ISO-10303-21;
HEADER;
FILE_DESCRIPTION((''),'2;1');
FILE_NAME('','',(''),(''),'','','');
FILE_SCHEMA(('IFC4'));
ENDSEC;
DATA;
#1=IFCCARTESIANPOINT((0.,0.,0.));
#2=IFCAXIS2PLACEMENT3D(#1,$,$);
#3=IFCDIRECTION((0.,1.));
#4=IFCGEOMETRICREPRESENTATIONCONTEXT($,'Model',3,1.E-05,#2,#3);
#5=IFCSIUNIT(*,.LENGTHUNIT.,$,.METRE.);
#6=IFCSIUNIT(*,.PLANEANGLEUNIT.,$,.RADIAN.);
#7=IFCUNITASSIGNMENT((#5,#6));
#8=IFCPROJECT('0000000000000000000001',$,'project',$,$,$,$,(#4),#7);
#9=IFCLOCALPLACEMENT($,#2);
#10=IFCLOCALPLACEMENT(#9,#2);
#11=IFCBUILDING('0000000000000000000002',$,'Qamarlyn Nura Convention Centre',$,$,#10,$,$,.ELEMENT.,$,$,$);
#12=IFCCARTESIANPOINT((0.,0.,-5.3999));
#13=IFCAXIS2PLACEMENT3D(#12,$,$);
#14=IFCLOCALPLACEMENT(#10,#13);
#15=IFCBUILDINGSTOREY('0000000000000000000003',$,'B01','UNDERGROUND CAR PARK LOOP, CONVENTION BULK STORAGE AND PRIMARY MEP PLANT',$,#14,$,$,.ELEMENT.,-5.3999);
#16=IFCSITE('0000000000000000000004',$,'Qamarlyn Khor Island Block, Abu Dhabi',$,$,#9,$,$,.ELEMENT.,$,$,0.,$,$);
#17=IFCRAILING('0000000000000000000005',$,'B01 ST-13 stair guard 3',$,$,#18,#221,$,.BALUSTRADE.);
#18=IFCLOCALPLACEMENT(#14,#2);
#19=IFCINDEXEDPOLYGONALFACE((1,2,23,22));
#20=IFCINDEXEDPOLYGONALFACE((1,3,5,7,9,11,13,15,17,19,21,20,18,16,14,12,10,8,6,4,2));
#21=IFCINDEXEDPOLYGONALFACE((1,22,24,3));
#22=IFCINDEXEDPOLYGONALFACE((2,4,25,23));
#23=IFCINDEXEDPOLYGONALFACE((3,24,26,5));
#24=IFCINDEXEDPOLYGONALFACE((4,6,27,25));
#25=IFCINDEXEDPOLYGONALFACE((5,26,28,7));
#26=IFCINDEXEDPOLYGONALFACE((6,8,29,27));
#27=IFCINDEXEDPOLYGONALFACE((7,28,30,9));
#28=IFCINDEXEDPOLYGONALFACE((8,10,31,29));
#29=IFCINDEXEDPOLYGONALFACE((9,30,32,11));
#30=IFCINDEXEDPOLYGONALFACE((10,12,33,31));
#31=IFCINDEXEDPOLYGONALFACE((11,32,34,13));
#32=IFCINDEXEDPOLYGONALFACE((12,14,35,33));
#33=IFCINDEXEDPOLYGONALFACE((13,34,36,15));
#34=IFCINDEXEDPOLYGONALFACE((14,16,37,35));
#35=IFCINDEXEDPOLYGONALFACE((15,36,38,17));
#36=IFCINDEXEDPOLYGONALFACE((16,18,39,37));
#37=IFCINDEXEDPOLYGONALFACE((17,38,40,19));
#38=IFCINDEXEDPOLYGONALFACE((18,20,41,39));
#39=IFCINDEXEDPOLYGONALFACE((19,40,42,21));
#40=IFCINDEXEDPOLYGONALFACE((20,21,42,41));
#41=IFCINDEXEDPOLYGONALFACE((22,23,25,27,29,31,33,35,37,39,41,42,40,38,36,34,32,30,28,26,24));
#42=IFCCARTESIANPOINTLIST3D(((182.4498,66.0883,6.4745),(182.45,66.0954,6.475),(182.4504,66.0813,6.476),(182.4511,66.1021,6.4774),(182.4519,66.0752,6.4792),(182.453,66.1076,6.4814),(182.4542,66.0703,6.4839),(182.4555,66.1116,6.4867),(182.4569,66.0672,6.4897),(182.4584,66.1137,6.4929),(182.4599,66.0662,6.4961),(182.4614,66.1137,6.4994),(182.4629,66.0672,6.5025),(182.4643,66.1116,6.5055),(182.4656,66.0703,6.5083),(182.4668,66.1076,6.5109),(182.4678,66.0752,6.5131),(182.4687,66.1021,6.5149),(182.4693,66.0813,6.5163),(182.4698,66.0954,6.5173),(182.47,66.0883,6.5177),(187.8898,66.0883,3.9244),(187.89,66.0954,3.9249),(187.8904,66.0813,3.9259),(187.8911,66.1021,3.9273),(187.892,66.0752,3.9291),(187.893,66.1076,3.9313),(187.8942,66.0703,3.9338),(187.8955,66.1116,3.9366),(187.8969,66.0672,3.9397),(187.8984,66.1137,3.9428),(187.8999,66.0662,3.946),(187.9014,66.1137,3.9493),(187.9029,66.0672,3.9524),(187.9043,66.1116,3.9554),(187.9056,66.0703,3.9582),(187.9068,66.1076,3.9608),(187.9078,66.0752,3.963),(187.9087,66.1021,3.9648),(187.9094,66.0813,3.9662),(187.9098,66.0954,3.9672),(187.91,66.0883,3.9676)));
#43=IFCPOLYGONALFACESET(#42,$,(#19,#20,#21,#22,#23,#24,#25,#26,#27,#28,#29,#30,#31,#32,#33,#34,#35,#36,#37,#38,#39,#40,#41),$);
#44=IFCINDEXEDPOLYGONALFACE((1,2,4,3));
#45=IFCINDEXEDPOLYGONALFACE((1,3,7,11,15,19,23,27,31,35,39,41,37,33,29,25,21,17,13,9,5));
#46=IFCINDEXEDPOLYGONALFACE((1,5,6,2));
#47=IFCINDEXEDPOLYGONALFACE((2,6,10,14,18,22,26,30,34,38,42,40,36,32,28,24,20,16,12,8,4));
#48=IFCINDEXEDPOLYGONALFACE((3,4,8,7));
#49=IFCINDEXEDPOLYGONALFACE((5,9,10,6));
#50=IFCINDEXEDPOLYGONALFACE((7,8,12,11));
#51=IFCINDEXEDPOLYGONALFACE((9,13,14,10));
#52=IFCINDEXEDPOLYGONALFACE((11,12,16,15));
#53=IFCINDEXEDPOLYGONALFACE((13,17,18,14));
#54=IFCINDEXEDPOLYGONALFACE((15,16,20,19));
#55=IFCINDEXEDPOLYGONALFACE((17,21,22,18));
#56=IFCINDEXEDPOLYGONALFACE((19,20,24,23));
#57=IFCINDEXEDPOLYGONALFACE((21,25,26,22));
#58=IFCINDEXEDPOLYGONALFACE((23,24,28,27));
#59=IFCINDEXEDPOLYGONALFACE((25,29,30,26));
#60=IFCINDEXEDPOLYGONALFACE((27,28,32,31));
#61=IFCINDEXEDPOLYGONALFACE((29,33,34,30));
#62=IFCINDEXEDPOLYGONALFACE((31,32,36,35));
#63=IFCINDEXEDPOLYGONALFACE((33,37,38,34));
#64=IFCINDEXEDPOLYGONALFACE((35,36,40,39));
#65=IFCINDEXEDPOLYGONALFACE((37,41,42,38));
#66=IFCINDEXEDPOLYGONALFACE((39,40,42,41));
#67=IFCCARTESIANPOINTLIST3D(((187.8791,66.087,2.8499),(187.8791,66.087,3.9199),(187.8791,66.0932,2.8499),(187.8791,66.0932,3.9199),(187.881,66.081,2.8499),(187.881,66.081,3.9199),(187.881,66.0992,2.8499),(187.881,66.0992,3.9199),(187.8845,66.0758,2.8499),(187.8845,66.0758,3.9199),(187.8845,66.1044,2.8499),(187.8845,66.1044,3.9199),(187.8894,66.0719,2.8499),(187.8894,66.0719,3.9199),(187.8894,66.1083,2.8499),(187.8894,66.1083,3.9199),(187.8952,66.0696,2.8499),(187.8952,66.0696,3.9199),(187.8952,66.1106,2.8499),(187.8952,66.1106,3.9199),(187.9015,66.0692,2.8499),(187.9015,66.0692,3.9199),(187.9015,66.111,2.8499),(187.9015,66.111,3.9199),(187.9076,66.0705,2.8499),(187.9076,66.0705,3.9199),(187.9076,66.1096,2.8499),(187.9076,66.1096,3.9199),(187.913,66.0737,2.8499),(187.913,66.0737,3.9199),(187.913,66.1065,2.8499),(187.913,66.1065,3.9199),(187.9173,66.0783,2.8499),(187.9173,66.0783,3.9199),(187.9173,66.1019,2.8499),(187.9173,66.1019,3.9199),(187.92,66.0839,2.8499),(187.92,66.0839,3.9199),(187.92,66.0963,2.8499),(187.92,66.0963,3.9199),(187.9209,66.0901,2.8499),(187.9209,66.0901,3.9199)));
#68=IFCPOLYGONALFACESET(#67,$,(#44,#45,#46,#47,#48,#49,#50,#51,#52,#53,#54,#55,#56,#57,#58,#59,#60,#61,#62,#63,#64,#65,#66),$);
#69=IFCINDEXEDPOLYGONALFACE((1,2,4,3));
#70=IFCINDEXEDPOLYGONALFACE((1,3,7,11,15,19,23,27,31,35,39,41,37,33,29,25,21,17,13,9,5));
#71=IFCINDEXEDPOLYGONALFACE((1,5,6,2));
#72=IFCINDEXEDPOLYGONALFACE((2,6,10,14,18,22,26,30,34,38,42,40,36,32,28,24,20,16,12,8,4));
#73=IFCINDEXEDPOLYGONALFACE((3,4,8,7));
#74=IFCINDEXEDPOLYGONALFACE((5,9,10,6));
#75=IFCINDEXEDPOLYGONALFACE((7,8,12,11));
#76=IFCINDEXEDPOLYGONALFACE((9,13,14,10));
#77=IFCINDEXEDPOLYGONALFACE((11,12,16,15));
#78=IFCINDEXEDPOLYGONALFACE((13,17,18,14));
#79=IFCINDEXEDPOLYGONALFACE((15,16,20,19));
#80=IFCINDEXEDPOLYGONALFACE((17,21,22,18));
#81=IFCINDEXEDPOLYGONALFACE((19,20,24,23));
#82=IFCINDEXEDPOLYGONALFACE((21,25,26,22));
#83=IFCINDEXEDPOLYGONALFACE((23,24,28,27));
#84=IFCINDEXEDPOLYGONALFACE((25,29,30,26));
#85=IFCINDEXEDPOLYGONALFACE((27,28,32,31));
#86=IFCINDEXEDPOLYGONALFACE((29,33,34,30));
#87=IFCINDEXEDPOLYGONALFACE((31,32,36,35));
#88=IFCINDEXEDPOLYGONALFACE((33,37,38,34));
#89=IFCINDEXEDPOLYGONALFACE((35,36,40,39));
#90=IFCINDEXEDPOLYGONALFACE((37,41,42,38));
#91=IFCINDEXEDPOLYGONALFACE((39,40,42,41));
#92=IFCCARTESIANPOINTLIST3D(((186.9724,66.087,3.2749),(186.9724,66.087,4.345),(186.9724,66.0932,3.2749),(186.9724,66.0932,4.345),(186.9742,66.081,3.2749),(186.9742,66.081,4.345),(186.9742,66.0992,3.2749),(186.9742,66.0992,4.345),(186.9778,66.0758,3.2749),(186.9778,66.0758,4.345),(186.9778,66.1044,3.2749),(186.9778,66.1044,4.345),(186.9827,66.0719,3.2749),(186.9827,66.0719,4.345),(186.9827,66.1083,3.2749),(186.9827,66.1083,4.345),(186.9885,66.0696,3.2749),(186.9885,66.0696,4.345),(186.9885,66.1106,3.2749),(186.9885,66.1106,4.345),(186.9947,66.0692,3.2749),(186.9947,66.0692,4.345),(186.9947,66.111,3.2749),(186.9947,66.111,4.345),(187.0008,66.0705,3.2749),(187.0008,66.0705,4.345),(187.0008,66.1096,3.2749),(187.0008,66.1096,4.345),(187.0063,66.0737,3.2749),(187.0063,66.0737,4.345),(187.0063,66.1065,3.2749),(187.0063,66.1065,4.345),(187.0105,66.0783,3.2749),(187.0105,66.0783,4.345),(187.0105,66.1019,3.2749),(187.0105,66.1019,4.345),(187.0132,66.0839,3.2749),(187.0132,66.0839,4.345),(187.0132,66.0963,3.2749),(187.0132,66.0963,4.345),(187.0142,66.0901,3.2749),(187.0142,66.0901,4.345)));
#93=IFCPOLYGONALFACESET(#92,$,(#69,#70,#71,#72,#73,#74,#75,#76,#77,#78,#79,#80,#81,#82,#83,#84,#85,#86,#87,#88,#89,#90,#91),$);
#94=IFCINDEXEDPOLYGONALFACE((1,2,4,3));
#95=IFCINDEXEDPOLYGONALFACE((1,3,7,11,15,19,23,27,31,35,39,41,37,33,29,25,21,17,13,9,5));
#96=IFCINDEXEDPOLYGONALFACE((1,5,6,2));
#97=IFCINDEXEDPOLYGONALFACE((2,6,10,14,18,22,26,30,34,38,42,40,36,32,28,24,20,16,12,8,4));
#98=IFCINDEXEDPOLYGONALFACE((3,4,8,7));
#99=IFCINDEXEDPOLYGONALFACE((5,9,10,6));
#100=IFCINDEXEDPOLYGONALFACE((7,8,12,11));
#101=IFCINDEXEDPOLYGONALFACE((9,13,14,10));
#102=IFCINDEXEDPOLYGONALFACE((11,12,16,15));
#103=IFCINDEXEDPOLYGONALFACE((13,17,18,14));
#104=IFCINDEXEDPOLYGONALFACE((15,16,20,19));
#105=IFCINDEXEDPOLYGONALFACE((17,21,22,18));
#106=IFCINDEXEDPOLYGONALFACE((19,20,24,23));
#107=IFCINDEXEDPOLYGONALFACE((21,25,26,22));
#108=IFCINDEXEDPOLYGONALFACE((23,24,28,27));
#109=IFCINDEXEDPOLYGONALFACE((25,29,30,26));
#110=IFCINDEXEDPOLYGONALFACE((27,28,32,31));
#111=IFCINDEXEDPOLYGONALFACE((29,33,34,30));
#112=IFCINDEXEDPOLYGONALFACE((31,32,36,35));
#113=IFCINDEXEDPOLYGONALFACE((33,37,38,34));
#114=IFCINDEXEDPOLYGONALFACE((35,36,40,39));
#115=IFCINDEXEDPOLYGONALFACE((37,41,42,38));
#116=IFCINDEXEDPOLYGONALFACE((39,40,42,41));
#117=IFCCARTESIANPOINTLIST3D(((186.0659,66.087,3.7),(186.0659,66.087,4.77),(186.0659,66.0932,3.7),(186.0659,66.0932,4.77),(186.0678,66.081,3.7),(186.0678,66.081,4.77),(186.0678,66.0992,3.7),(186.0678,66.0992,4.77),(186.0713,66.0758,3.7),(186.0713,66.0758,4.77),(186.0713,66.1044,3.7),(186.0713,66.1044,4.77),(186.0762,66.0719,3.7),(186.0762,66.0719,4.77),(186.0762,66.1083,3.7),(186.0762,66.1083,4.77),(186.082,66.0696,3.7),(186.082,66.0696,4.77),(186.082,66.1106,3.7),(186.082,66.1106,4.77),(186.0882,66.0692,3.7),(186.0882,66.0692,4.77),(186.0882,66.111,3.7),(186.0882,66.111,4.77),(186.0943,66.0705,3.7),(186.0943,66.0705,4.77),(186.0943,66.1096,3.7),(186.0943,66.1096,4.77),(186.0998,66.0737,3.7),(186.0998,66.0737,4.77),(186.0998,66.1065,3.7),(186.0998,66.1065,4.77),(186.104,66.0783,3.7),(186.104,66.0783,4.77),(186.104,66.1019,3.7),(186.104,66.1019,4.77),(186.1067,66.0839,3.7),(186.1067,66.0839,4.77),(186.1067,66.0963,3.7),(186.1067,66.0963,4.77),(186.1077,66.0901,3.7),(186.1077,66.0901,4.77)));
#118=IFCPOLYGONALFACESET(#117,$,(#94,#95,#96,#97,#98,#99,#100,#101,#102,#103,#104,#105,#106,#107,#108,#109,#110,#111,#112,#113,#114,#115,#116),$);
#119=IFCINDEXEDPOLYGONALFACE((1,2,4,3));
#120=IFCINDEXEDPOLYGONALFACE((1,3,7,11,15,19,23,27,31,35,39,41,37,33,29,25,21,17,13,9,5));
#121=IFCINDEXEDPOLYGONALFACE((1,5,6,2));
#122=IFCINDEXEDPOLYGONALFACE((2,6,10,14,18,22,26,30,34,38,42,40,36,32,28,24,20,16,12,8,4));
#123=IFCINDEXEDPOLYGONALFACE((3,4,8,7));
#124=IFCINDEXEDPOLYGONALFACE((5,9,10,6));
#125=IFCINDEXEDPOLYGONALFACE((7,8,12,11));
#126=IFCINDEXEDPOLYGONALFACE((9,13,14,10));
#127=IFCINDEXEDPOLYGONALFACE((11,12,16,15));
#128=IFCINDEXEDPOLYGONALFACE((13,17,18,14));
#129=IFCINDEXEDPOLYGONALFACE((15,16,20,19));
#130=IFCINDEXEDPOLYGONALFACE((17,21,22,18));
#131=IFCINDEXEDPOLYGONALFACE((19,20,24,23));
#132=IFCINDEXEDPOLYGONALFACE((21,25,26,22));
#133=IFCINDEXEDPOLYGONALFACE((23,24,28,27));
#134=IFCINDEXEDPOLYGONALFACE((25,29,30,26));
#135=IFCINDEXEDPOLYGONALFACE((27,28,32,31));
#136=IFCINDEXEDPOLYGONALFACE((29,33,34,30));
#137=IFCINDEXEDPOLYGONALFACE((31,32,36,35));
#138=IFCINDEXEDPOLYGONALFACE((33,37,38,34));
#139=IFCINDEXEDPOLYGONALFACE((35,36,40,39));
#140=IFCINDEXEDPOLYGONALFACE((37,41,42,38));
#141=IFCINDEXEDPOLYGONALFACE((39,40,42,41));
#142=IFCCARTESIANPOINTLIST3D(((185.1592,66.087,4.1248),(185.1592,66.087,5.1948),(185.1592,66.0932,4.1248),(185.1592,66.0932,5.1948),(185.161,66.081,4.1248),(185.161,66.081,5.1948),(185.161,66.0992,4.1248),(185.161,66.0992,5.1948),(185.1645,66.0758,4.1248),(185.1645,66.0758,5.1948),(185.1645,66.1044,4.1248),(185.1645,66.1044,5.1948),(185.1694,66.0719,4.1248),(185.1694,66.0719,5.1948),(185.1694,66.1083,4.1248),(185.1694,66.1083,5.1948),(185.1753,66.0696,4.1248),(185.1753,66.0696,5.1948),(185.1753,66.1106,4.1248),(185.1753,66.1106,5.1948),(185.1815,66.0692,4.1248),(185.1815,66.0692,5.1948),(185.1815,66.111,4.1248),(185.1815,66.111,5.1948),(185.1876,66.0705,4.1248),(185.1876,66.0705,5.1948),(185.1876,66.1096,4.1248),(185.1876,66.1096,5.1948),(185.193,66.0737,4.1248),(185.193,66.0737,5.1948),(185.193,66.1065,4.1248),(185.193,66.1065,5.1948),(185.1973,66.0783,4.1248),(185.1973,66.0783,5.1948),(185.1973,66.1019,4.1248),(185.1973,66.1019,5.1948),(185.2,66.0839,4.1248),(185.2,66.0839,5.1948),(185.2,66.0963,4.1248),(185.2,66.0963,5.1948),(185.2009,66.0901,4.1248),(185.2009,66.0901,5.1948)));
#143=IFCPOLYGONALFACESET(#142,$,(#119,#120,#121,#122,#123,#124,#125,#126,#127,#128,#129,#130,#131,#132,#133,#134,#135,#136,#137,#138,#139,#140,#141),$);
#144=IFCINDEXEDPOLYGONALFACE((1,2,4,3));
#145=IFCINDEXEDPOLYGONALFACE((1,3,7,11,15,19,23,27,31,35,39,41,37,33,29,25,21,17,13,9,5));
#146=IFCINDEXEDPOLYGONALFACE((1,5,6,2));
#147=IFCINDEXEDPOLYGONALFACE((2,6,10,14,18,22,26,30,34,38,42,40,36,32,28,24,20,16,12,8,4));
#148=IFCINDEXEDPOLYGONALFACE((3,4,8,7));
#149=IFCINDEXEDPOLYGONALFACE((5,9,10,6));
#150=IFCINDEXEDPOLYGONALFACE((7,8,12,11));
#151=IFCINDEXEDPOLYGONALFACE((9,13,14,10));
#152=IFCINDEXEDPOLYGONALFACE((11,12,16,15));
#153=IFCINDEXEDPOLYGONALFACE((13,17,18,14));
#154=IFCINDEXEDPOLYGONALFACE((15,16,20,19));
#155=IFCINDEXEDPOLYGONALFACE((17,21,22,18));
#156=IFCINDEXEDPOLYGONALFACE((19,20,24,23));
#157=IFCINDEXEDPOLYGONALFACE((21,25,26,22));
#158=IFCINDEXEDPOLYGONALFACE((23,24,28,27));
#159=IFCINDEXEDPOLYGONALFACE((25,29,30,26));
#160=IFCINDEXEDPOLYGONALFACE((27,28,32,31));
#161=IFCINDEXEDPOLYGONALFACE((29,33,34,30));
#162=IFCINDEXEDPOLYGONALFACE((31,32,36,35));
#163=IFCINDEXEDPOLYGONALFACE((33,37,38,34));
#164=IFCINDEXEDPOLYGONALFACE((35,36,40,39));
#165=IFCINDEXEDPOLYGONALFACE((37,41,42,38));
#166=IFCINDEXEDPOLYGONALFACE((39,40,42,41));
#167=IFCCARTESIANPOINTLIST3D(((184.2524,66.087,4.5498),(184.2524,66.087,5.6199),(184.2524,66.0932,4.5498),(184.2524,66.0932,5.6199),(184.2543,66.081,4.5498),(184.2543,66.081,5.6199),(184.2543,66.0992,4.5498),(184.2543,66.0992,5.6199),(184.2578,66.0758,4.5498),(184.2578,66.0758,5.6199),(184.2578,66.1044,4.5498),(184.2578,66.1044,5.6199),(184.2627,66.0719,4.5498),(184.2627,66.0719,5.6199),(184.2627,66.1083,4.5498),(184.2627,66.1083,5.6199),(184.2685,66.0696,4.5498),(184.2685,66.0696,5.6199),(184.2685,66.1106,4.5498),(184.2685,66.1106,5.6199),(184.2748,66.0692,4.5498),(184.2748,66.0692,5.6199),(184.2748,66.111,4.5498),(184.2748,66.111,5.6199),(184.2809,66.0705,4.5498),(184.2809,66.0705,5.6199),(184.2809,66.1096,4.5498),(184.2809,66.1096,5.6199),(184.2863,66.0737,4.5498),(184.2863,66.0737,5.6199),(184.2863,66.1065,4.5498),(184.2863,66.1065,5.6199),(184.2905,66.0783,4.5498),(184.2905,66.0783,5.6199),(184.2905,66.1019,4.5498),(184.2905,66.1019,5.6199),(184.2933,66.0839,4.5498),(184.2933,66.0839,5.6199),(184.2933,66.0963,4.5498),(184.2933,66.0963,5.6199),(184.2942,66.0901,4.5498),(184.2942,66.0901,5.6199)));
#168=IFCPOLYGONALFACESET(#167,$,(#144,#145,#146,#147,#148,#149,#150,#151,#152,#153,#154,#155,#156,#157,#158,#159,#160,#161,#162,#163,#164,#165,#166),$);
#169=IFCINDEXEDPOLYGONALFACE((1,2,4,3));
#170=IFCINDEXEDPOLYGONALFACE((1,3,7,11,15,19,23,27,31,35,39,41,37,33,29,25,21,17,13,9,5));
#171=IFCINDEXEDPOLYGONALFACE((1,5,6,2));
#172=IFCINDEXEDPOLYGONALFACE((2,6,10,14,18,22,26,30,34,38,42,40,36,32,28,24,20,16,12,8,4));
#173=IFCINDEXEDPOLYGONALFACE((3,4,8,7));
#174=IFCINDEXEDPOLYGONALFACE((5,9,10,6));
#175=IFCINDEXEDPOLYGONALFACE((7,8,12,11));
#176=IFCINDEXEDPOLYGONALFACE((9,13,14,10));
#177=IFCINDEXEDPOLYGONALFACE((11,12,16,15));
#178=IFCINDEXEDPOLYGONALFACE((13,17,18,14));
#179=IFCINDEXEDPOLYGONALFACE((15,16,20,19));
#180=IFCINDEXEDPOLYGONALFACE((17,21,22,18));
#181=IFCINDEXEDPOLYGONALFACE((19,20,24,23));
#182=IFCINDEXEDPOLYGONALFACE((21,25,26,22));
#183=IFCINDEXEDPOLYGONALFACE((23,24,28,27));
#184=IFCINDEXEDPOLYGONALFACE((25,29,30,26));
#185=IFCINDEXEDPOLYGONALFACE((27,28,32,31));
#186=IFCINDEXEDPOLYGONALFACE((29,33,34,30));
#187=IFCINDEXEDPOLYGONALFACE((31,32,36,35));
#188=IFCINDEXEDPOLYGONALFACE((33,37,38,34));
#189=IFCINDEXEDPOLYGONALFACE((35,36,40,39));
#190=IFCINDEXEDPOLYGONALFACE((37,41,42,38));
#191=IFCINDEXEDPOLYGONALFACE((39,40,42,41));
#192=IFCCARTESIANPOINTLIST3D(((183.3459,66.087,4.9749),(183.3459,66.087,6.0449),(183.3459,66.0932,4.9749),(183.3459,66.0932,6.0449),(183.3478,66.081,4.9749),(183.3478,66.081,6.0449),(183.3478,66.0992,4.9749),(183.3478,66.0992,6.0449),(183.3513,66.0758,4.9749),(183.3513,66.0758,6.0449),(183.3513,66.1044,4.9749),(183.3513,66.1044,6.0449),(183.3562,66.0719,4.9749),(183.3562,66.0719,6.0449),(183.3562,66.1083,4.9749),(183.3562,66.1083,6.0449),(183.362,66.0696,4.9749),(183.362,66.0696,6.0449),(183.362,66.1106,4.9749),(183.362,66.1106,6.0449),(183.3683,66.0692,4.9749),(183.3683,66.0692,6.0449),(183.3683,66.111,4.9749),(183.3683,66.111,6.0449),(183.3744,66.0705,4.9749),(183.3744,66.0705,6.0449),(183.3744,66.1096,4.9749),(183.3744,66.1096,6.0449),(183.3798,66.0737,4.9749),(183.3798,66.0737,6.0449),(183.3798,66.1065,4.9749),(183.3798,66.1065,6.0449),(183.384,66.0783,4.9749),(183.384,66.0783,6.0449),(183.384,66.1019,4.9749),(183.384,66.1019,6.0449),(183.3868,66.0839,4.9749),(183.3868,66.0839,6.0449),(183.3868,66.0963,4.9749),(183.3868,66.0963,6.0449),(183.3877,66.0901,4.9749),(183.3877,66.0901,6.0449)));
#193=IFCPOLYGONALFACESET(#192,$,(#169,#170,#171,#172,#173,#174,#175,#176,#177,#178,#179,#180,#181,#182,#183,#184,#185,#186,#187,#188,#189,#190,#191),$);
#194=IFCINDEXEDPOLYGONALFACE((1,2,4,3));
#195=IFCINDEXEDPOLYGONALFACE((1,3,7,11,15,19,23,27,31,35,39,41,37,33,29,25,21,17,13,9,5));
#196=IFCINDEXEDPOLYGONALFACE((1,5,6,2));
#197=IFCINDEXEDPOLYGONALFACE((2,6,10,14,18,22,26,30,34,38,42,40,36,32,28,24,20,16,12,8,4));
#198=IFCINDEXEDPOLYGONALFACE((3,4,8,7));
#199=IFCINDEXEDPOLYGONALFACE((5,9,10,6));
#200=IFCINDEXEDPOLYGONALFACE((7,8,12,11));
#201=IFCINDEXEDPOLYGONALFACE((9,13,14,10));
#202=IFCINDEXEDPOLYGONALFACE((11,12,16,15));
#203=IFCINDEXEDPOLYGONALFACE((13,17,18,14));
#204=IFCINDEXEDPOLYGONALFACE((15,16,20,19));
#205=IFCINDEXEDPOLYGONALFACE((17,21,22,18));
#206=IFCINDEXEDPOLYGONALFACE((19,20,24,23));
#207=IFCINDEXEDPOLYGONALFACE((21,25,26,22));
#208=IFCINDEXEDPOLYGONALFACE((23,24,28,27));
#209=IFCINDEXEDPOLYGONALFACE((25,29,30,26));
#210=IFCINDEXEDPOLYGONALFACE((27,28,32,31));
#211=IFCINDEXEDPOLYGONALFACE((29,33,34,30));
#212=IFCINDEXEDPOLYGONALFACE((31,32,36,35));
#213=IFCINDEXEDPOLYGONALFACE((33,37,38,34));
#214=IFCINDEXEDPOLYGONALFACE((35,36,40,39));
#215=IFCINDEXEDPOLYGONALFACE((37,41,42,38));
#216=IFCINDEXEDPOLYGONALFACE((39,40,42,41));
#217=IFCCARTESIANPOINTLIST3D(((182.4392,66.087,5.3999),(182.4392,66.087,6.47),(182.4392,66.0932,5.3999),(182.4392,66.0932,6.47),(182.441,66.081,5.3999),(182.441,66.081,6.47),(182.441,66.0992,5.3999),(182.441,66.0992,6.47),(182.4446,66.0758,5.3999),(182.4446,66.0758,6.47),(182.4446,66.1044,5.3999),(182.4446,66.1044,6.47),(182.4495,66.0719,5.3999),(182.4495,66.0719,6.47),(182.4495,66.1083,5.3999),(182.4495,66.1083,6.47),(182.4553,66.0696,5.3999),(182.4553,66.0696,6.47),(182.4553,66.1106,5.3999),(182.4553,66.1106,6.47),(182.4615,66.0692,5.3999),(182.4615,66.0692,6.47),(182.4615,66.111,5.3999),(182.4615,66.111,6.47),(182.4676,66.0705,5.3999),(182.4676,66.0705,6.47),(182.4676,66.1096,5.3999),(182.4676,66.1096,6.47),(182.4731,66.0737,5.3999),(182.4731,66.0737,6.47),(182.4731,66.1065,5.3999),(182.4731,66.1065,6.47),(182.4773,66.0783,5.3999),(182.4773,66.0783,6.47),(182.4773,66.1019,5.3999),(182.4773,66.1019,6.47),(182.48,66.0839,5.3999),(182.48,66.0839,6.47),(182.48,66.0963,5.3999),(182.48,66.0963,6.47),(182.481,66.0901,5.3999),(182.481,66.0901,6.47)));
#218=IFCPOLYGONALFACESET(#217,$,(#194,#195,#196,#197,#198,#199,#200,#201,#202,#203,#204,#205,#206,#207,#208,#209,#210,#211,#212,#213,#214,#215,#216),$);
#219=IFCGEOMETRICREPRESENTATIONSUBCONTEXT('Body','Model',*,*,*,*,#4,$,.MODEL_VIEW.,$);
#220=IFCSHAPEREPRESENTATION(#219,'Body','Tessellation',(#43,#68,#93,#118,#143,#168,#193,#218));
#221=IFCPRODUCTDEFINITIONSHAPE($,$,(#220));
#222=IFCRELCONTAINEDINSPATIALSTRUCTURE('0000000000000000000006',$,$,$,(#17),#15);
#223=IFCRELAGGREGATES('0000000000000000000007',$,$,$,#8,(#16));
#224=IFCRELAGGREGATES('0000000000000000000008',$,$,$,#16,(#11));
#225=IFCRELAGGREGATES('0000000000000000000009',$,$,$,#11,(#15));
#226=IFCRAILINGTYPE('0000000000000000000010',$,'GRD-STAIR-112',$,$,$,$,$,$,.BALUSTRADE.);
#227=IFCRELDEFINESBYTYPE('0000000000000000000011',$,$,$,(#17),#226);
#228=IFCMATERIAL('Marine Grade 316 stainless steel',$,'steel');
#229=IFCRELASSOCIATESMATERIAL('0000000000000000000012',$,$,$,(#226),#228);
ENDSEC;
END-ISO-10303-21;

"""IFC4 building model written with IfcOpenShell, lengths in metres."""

from ifc_helpers import new_model, si_unit, direction, frame, origin, origin_2d, place, context, subcontext, project, spatial, circle, extrude, material, type_object, element, save


model = new_model("IFC4")

# Units and contexts
model_context = context("Model", 3, precision=1e-05, world=origin(), true_north=direction((0.0, 1.0)))
body_context = subcontext(model_context, "Body", "Model", "MODEL_VIEW")
ifc_project = project(units=[si_unit("LENGTHUNIT", "METRE"), si_unit("PLANEANGLEUNIT", "RADIAN")], contexts=[model_context])

# Site, building, storey
site_placement = place(None, origin())
site = spatial("IfcSite", under=ifc_project, at=site_placement, Name="Qamarlyn Khor Island Block, Abu Dhabi", CompositionType="ELEMENT", RefElevation=0.0)
building_placement = place(site_placement, origin())
building = spatial("IfcBuilding", under=site, at=building_placement, Name="Qamarlyn Nura Convention Centre", CompositionType="ELEMENT")
storey_placement = place(building_placement, frame((0.0, 0.0, -5.3999)))
storey = spatial("IfcBuildingStorey", under=building, at=storey_placement, Name="B01", Description="UNDERGROUND CAR PARK LOOP, CONVENTION BULK STORAGE AND PRIMARY MEP PLANT", CompositionType="ELEMENT", Elevation=-5.3999)

# Railing
ifc_material_1 = material(Name="Marine Grade 316 stainless steel", Category="steel")
railing_type_1 = type_object("IfcRailingType", Name="GRD-STAIR-112", PredefinedType="BALUSTRADE", material=ifc_material_1)
railing_1_placement = place(storey_placement, frame((187.8999, 66.0901, 2.8499)))
element("IfcRailing", 1, at=railing_1_placement, inside=storey, type_object=railing_type_1, Name="B01 ST-13 stair guard 3", PredefinedType="BALUSTRADE", context=body_context, shape_type="SweptSolid", body=[
    extrude(circle(Radius=0.0239, at=origin_2d()), frame((0.0, 0.0, 1.0962), z_axis=(-0.905454, 0.0, 0.424444), x_axis=(0.0, -1.0, 0.0)), (0.0, 0.0, 1.0), 6.0081),
    extrude(circle(Radius=0.021, at=origin_2d()), origin(), (0.0, 0.0, 1.0), 1.0701),
    extrude(circle(Radius=0.021, at=origin_2d()), frame((-0.9067, 0.0, 0.425)), (0.0, 0.0, 1.0), 1.0701),
    extrude(circle(Radius=0.021, at=origin_2d()), frame((-1.8132, 0.0, 0.8501)), (0.0, 0.0, 1.0), 1.0701),
    extrude(circle(Radius=0.021, at=origin_2d()), frame((-2.72, 0.0, 1.2749)), (0.0, 0.0, 1.0), 1.0701),
    extrude(circle(Radius=0.021, at=origin_2d()), frame((-3.6267, 0.0, 1.7)), (0.0, 0.0, 1.0), 1.0701),
    extrude(circle(Radius=0.021, at=origin_2d()), frame((-4.5332, 0.0, 2.125)), (0.0, 0.0, 1.0), 1.0701),
    extrude(circle(Radius=0.021, at=origin_2d()), frame((-5.4399, 0.0, 2.55)), (0.0, 0.0, 1.0), 1.0701),
])

save(model, "model.ifc")
